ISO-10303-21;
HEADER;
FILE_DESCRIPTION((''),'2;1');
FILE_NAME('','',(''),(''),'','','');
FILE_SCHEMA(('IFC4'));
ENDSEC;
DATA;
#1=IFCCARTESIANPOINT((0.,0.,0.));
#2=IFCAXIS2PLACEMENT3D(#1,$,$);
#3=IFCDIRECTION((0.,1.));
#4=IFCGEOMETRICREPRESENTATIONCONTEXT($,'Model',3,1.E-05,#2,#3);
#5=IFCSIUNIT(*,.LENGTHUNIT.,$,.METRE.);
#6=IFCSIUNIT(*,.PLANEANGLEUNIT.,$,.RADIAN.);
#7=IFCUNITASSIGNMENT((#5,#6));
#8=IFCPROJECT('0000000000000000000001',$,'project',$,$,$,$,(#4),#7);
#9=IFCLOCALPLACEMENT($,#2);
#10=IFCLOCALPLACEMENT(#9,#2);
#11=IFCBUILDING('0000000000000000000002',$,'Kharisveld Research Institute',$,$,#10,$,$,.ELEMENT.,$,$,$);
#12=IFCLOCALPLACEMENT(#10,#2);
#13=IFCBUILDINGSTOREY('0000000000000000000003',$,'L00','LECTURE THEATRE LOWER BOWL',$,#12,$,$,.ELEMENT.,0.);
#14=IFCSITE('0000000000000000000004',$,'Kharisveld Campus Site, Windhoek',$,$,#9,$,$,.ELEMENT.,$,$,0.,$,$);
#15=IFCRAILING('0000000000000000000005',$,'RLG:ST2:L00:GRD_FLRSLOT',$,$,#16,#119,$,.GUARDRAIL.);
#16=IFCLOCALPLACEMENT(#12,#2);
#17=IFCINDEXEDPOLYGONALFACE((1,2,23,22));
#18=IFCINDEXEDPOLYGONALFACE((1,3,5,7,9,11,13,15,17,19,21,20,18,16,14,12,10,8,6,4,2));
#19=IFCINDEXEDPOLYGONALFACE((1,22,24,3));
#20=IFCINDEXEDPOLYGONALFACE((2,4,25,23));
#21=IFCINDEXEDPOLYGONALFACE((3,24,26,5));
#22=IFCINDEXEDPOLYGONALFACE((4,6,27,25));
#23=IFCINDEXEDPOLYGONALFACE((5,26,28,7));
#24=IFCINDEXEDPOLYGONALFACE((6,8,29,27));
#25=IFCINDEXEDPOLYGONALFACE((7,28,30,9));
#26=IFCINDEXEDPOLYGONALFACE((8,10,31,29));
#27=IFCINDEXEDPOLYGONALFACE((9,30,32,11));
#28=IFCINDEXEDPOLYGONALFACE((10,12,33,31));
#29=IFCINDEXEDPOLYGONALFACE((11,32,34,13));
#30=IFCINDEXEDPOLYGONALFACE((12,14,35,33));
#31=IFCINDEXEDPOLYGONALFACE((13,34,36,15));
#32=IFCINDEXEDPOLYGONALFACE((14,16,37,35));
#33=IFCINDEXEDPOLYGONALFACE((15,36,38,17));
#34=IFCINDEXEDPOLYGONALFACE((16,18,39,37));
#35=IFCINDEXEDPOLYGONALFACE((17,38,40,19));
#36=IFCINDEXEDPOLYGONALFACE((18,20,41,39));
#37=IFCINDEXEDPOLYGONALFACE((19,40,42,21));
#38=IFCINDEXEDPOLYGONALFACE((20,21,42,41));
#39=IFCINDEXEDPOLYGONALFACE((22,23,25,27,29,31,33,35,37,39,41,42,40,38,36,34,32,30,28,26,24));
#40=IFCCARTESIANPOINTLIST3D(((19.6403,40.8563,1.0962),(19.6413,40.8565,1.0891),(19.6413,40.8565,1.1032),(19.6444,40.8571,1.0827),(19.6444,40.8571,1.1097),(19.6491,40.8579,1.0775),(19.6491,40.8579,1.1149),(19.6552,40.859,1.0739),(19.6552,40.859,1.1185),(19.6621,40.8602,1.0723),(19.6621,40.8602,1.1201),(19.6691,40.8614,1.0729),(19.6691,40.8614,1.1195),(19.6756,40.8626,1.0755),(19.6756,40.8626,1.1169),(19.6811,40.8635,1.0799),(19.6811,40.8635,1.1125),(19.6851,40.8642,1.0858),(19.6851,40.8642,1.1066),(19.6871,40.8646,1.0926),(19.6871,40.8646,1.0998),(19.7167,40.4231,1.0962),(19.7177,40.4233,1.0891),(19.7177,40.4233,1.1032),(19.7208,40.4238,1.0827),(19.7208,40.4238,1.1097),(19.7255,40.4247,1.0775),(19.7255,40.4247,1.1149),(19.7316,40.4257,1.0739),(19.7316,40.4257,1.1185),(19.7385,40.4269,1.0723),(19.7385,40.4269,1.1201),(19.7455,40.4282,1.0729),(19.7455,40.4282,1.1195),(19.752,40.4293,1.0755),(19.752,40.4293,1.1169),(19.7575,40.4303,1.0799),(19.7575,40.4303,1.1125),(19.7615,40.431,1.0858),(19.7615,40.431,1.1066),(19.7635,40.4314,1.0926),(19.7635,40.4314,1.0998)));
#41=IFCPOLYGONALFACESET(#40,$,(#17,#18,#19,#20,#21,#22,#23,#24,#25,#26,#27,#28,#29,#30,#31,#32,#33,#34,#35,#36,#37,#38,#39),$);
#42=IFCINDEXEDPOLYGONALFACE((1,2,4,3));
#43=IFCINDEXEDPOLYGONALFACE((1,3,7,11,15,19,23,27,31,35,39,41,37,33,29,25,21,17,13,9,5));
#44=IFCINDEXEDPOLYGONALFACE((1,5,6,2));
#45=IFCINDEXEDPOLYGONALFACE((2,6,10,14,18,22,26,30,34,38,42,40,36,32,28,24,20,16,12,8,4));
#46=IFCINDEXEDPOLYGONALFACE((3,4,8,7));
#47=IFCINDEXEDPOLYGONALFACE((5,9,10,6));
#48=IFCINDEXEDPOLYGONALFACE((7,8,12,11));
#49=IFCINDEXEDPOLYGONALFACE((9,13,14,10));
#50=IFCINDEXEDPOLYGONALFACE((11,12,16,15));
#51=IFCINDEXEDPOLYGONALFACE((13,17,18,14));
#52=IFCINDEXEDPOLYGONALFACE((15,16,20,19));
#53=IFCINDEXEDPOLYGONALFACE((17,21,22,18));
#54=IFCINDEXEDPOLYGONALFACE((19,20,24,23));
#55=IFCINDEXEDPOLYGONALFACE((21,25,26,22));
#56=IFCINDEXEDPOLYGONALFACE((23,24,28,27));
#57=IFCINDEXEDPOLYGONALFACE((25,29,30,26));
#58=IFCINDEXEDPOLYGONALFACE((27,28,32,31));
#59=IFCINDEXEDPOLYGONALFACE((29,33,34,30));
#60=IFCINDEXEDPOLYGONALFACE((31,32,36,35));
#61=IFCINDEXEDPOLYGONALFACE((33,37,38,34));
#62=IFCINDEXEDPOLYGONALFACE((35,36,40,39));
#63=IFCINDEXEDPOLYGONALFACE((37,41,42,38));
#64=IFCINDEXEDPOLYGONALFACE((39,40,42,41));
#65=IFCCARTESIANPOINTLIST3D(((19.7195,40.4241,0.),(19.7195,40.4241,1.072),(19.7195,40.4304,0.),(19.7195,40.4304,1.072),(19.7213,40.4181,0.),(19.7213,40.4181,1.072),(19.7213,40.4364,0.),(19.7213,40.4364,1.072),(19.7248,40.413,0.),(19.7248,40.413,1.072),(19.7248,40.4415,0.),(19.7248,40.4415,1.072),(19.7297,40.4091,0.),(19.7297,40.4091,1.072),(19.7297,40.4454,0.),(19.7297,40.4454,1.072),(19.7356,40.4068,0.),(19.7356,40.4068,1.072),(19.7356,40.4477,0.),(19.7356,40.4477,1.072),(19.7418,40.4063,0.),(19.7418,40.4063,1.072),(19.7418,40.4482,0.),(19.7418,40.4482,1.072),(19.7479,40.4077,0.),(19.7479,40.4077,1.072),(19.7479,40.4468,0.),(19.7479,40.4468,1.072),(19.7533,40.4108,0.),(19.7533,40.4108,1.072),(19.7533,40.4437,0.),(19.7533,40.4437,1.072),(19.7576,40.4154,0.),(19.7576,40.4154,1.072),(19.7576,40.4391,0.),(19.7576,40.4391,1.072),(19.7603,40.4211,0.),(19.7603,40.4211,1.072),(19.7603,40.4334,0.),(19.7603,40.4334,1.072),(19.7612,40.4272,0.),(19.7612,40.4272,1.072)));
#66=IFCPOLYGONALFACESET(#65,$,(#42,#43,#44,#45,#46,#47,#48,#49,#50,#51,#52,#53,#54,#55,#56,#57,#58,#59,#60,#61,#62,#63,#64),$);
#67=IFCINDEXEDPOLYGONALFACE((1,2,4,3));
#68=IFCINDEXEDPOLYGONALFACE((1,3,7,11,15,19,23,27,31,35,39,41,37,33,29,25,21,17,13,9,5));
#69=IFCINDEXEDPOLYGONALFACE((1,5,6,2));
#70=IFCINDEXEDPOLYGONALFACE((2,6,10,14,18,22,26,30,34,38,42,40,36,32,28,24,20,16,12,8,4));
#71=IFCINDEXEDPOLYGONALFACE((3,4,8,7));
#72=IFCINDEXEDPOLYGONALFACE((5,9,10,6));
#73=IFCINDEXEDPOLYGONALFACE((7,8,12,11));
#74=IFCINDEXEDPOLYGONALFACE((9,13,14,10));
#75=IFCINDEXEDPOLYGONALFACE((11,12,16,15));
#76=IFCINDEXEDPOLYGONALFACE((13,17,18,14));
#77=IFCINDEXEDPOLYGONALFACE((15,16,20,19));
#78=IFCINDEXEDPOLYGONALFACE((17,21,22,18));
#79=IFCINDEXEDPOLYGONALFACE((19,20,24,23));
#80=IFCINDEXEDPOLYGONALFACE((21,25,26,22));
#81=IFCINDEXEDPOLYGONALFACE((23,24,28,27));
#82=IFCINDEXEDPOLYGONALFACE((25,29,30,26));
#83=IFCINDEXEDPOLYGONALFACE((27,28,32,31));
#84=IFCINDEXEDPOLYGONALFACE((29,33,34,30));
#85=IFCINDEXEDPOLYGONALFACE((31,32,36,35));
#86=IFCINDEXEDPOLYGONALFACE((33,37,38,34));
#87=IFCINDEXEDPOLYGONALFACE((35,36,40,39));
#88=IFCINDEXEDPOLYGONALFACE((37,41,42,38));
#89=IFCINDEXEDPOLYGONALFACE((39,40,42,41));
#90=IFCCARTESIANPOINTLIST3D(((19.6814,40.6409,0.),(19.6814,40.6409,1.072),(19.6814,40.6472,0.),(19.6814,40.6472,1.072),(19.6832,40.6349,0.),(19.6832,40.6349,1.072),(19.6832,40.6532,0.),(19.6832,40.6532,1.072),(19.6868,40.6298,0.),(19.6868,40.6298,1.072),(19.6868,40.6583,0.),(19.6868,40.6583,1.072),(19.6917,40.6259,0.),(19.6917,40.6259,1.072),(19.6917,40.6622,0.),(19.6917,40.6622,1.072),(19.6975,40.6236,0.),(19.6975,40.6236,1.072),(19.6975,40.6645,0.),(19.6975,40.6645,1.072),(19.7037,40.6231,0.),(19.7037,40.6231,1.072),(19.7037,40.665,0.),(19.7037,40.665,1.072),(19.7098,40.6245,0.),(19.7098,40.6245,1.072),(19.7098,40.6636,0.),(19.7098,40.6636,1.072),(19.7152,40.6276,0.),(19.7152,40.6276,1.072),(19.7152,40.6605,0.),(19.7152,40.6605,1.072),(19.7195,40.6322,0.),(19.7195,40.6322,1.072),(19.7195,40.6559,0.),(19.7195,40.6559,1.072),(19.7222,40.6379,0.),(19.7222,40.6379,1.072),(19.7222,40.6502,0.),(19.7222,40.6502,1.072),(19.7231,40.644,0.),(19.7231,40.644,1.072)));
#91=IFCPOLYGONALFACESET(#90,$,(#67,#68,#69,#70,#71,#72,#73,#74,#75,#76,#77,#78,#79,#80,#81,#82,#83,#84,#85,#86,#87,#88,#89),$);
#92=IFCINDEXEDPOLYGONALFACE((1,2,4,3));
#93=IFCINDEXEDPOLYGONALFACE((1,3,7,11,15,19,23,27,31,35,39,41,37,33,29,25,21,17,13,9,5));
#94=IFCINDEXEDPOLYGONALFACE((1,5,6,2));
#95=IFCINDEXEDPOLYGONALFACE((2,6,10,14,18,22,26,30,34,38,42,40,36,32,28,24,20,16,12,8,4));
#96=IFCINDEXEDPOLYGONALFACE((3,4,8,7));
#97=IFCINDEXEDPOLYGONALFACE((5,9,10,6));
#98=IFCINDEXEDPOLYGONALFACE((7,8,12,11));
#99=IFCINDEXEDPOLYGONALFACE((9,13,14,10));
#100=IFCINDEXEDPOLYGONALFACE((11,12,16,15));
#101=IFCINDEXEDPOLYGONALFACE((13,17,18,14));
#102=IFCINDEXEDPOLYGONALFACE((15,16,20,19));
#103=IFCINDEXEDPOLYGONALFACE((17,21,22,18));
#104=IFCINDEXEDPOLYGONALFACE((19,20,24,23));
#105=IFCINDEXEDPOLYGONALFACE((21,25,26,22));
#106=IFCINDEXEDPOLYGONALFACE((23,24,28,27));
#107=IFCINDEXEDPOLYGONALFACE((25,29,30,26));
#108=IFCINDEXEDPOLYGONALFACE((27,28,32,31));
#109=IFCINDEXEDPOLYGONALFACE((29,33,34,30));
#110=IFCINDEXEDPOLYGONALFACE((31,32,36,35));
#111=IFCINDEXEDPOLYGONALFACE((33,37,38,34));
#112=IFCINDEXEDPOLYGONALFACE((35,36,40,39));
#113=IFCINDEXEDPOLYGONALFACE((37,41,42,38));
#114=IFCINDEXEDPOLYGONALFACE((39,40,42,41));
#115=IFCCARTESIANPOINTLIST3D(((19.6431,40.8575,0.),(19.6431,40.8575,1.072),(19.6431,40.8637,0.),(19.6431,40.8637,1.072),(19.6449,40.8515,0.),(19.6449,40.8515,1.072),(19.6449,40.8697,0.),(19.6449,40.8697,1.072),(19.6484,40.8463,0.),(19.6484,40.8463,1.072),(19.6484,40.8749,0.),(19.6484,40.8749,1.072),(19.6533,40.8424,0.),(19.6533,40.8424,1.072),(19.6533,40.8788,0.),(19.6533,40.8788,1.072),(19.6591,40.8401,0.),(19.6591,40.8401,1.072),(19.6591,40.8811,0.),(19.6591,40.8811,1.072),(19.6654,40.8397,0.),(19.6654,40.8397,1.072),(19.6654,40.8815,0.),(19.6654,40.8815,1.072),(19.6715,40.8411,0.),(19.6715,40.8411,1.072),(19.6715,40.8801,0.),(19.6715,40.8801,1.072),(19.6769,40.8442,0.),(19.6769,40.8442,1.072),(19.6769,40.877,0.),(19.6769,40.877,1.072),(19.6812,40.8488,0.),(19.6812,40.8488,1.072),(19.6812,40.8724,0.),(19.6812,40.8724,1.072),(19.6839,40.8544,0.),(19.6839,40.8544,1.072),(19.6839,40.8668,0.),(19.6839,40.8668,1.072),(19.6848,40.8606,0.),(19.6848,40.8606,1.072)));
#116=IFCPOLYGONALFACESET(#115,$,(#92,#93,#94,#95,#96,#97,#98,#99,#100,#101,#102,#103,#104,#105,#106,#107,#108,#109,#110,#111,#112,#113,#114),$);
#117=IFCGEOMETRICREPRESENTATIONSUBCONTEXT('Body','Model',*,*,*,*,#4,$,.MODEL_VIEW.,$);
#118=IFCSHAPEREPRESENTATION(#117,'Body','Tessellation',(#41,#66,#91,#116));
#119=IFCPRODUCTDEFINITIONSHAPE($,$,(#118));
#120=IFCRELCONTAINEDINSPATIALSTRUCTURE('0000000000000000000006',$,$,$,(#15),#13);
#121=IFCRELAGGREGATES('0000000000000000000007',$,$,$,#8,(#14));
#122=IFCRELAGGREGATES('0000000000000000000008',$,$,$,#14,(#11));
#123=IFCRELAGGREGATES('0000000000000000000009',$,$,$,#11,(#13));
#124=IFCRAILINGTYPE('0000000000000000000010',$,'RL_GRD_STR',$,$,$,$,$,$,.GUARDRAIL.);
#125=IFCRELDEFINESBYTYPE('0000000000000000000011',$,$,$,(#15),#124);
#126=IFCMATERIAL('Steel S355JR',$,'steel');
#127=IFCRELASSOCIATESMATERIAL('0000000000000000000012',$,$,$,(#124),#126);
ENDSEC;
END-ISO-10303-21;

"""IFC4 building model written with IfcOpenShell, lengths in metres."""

from ifc_helpers import new_model, si_unit, direction, frame, origin, origin_2d, place, context, subcontext, project, spatial, circle, extrude, material, type_object, element, save


model = new_model("IFC4")

# Units and contexts
model_context = context("Model", 3, precision=1e-05, world=origin(), true_north=direction((0.0, 1.0)))
body_context = subcontext(model_context, "Body", "Model", "MODEL_VIEW")
ifc_project = project(units=[si_unit("LENGTHUNIT", "METRE"), si_unit("PLANEANGLEUNIT", "RADIAN")], contexts=[model_context])

# Site, building, storey
site_placement = place(None, origin())
site = spatial("IfcSite", under=ifc_project, at=site_placement, Name="Kharisveld Campus Site, Windhoek", CompositionType="ELEMENT", RefElevation=0.0)
building_placement = place(site_placement, origin())
building = spatial("IfcBuilding", under=site, at=building_placement, Name="Kharisveld Research Institute", CompositionType="ELEMENT")
storey_placement = place(building_placement, origin())
storey = spatial("IfcBuildingStorey", under=building, at=storey_placement, Name="L00", Description="LECTURE THEATRE LOWER BOWL", CompositionType="ELEMENT", Elevation=0.0)

# Railing
ifc_material_1 = material(Name="Steel S355JR", Category="steel")
railing_type_1 = type_object("IfcRailingType", Name="RL_GRD_STR", PredefinedType="GUARDRAIL", material=ifc_material_1)
railing_1_placement = place(storey_placement, frame((19.7402, 40.4272, 0.0)))
element("IfcRailing", 1, at=railing_1_placement, inside=storey, type_object=railing_type_1, Name="RLG:ST2:L00:GRD_FLRSLOT", PredefinedType="GUARDRAIL", context=body_context, shape_type="SweptSolid", body=[
    extrude(circle(Radius=0.0239, at=origin_2d()), frame((0.0, 0.0, 1.0962), z_axis=(-0.173659, 0.984806, 0.0), x_axis=(-0.984806, -0.173659, 0.0)), (0.0, 0.0, 1.0), 0.4399),
    extrude(circle(Radius=0.021, at=origin_2d()), origin(), (0.0, 0.0, 1.0), 1.072),
    extrude(circle(Radius=0.021, at=origin_2d()), frame((-0.0381, 0.2168, 0.0)), (0.0, 0.0, 1.0), 1.072),
    extrude(circle(Radius=0.021, at=origin_2d()), frame((-0.0764, 0.4333, 0.0)), (0.0, 0.0, 1.0), 1.072),
])

save(model, "model.ifc")
